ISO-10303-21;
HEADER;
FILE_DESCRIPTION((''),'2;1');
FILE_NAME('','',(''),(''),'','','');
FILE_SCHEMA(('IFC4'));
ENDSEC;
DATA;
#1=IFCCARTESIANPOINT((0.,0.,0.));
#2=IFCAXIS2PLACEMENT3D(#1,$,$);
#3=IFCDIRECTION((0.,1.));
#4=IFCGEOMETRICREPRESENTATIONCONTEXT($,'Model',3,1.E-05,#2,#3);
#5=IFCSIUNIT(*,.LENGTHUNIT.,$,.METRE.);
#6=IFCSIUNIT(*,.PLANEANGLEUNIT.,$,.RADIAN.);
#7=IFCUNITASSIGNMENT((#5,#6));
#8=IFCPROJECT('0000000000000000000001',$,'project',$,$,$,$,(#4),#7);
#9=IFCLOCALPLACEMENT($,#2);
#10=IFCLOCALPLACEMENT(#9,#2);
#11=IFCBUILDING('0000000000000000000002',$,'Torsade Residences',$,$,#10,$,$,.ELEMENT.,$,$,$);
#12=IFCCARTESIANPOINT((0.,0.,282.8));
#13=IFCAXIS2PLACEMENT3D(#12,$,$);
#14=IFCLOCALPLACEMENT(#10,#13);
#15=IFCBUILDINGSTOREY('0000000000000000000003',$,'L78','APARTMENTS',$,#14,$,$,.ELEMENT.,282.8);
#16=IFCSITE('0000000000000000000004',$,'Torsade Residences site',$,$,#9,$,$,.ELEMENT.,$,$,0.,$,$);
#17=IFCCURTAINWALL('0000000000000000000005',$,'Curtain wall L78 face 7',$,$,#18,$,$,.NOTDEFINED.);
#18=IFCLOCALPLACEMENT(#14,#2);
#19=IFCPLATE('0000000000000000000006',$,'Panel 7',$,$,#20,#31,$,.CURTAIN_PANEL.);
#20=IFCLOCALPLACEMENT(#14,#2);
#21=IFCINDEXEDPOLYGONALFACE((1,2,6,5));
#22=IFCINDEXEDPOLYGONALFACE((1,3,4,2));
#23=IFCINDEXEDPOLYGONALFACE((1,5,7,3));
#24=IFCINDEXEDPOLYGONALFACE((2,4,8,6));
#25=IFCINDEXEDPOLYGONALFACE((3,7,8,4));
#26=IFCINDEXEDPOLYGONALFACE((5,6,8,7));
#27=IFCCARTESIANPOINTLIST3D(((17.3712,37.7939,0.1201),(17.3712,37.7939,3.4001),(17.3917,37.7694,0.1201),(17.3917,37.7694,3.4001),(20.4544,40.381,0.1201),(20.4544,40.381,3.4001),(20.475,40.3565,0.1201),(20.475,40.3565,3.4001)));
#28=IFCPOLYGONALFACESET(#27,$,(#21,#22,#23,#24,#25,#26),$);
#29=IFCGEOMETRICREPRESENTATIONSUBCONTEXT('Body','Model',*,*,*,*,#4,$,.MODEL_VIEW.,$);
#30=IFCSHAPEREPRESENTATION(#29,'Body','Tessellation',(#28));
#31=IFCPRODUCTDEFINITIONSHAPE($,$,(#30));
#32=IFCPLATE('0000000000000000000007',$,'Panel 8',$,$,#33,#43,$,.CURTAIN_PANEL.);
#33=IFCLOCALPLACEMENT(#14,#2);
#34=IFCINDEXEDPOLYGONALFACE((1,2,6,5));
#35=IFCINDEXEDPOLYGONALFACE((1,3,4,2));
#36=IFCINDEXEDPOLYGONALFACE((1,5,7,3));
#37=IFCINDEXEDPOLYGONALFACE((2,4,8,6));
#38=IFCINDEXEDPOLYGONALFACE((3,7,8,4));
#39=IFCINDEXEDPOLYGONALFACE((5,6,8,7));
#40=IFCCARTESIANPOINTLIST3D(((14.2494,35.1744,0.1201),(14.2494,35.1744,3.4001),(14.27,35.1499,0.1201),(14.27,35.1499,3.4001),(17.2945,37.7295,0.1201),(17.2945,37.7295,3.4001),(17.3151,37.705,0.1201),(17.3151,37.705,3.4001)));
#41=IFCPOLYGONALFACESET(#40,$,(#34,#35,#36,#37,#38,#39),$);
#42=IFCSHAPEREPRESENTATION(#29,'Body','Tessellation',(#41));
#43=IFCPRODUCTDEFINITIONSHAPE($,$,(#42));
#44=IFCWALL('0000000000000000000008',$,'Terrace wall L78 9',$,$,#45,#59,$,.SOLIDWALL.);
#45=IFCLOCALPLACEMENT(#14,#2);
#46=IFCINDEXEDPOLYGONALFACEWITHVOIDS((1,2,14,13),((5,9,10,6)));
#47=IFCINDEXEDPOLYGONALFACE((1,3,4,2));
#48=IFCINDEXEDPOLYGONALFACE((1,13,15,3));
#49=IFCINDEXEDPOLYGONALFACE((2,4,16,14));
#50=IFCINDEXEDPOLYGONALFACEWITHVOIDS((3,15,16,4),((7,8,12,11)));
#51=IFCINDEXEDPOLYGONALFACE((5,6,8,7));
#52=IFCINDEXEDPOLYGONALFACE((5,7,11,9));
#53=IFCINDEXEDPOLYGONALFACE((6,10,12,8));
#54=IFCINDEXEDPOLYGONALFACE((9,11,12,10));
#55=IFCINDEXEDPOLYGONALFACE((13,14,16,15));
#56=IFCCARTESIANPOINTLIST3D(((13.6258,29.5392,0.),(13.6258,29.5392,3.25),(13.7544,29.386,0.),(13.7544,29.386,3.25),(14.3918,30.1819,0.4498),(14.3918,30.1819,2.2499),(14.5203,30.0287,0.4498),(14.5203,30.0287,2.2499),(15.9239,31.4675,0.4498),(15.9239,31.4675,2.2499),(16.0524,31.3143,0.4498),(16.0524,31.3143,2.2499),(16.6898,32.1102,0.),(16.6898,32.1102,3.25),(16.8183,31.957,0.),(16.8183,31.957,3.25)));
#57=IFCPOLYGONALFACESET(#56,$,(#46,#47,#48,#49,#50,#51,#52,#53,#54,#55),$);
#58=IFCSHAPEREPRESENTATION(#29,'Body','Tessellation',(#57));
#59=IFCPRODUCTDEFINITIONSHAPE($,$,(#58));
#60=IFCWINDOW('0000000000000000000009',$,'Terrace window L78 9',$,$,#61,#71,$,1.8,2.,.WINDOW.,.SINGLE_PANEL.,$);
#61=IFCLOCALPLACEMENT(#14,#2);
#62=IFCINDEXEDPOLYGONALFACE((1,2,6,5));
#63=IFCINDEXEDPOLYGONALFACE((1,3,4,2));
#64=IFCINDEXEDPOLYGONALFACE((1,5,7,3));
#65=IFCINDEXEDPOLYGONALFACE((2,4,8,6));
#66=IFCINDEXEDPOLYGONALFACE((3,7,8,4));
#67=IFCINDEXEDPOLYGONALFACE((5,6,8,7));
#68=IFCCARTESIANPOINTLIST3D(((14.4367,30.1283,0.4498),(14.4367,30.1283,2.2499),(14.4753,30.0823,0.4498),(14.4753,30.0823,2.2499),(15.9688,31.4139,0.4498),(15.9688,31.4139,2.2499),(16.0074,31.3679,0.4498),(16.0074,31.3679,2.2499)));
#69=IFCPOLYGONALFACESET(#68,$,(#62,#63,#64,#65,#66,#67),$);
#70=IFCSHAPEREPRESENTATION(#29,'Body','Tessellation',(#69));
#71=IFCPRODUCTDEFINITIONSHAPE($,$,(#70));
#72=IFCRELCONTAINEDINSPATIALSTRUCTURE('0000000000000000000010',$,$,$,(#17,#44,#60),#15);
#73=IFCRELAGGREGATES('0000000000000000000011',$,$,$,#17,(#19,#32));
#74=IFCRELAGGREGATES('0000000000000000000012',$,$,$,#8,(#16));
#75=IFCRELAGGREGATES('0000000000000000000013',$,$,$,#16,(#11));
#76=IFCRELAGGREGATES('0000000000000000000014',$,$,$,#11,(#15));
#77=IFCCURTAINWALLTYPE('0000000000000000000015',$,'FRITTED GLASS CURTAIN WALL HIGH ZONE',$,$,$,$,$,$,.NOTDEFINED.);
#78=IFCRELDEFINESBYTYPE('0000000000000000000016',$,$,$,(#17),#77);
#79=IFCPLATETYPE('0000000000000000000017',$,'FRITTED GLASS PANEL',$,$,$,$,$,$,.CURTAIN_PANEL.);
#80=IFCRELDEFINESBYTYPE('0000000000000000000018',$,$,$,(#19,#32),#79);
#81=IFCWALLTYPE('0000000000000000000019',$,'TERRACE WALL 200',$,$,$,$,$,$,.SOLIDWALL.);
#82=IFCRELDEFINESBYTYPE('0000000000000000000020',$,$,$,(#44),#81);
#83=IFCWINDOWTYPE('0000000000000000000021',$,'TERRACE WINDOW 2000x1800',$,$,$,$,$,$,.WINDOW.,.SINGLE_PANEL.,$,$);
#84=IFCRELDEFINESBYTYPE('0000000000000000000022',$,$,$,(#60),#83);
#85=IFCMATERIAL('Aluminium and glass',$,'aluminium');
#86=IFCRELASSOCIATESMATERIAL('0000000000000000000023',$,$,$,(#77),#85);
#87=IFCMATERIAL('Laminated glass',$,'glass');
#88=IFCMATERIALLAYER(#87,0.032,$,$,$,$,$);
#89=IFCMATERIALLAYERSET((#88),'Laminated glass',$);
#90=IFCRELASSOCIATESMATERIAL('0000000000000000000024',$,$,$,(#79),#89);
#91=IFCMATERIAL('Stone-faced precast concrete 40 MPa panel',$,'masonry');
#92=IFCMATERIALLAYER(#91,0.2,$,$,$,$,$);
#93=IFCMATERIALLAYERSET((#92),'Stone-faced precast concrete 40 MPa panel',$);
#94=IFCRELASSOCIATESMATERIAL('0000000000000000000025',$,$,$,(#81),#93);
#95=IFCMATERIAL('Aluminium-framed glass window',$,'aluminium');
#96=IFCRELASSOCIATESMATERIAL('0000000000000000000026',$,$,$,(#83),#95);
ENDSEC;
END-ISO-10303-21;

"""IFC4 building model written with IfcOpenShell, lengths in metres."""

from ifc_helpers import new_model, si_unit, direction, frame, frame_2d, origin, origin_2d, place, context, subcontext, project, spatial, rectangle, extrude, material, layer, layer_set, type_object, element, fill, aggregate, save


model = new_model("IFC4")

# Units and contexts
model_context = context("Model", 3, precision=1e-05, world=origin(), true_north=direction((0.0, 1.0)))
body_context = subcontext(model_context, "Body", "Model", "MODEL_VIEW")
ifc_project = project(units=[si_unit("LENGTHUNIT", "METRE"), si_unit("PLANEANGLEUNIT", "RADIAN")], contexts=[model_context])

# Site, building, storey
site_placement = place(None, origin())
site = spatial("IfcSite", under=ifc_project, at=site_placement, Name="Torsade Residences site", CompositionType="ELEMENT", RefElevation=0.0)
building_placement = place(site_placement, origin())
building = spatial("IfcBuilding", under=site, at=building_placement, Name="Torsade Residences", CompositionType="ELEMENT")
storey_placement = place(building_placement, frame((0.0, 0.0, 282.8)))
storey = spatial("IfcBuildingStorey", under=building, at=storey_placement, Name="L78", Description="APARTMENTS", CompositionType="ELEMENT", Elevation=282.8)

# Curtain wall
ifc_material_1 = material(Name="Aluminium and glass", Category="aluminium")
curtain_wall_type = type_object("IfcCurtainWallType", Name="FRITTED GLASS CURTAIN WALL HIGH ZONE", PredefinedType="NOTDEFINED", material=ifc_material_1)
curtain_wall_1_placement = place(storey_placement, origin())
curtain_wall_1 = element("IfcCurtainWall", 1, at=curtain_wall_1_placement, inside=storey, type_object=curtain_wall_type, Name="Curtain wall L78 face 7", PredefinedType="NOTDEFINED")

# Plates
ifc_material_2 = material(Name="Laminated glass", Category="glass")
ifc_layer_1 = layer(ifc_material_2, 0.032)
ifc_layer_set_1 = layer_set([ifc_layer_1], Name="Laminated glass")
plate_type = type_object("IfcPlateType", Name="FRITTED GLASS PANEL", PredefinedType="CURTAIN_PANEL", material=ifc_layer_set_1)
plate_1_placement = place(storey_placement, frame((18.9231, 39.0752, 0.1201), z_axis=(0.0, 0.0, 1.0), x_axis=(-0.766044, -0.642788, 0.0)))
plate_1 = element("IfcPlate", 2, at=plate_1_placement, type_object=plate_type, Name="Panel 7", PredefinedType="CURTAIN_PANEL", context=body_context, shape_type="SweptSolid", body=[
    extrude(rectangle(XDim=4.0249, YDim=0.032, at=origin_2d()), origin(), (0.0, 0.0, 1.0), 3.28),
])
plate_2_placement = place(storey_placement, frame((15.7822, 36.4397, 0.1201), z_axis=(0.0, 0.0, 1.0), x_axis=(-0.766044, -0.642788, 0.0)))
plate_2 = element("IfcPlate", 3, at=plate_2_placement, type_object=plate_type, Name="Panel 8", PredefinedType="CURTAIN_PANEL", context=body_context, shape_type="SweptSolid", body=[
    extrude(rectangle(XDim=3.9751, YDim=0.032, at=origin_2d()), origin(), (0.0, 0.0, 1.0), 3.28),
])
aggregate(curtain_wall_1, [plate_1, plate_2])

# Shared definitions
ifc_material_3 = material(Name="Stone-faced precast concrete 40 MPa panel", Category="masonry")
ifc_layer_2 = layer(ifc_material_3, 0.2)
ifc_layer_set_2 = layer_set([ifc_layer_2], Name="Stone-faced precast concrete 40 MPa panel")
wall_type = type_object("IfcWallType", Name="TERRACE WALL 200", PredefinedType="SOLIDWALL", material=ifc_layer_set_2)

# Wall, opening, window
wall_1_placement = place(storey_placement, frame((16.7542, 32.0337, 0.0), z_axis=(0.0, 0.0, 1.0), x_axis=(-0.766035, -0.642798, 0.0)))
wall_1 = element("IfcWall", 4, at=wall_1_placement, inside=storey, type_object=wall_type, Name="Terrace wall L78 9", PredefinedType="SOLIDWALL", context=body_context, shape_type="SweptSolid", body=[
    extrude(rectangle(XDim=3.9998, YDim=0.2, at=frame_2d((2.0, 0.0))), origin(), (0.0, 0.0, 1.0), 3.25),
])
opening_1_placement = place(wall_1_placement, frame((1.0, 0.0, 0.45)))
opening_1 = element("IfcOpeningElement", 5, at=opening_1_placement, cuts=wall_1, PredefinedType="OPENING", context=body_context, shape_type="SweptSolid", body=[
    extrude(rectangle(XDim=2.0, YDim=1.8, at=frame_2d((1.0, 0.8999))), frame((0.0, 0.1099, 0.0), z_axis=(0.0, -1.0, 0.0), x_axis=(1.0, 0.0, 0.0)), (0.0, 0.0, 1.0), 0.22),
])
ifc_material_4 = material(Name="Aluminium-framed glass window", Category="aluminium")
window_type = type_object("IfcWindowType", Name="TERRACE WINDOW 2000x1800", PartitioningType="SINGLE_PANEL", PredefinedType="WINDOW", material=ifc_material_4)
window_placement = place(opening_1_placement, origin())
window = element("IfcWindow", 6, at=window_placement, inside=storey, type_object=window_type, Name="Terrace window L78 9", OverallHeight=1.8, OverallWidth=2.0, PartitioningType="SINGLE_PANEL", PredefinedType="WINDOW", context=body_context, shape_type="SweptSolid", body=[
    extrude(rectangle(XDim=2.0, YDim=1.8, at=frame_2d((1.0, 0.8999))), frame((0.0, 0.03, 0.0), z_axis=(0.0, -1.0, 0.0), x_axis=(1.0, 0.0, 0.0)), (0.0, 0.0, 1.0), 0.0601),
])
fill(opening_1, window)

save(model, "model.ifc")
